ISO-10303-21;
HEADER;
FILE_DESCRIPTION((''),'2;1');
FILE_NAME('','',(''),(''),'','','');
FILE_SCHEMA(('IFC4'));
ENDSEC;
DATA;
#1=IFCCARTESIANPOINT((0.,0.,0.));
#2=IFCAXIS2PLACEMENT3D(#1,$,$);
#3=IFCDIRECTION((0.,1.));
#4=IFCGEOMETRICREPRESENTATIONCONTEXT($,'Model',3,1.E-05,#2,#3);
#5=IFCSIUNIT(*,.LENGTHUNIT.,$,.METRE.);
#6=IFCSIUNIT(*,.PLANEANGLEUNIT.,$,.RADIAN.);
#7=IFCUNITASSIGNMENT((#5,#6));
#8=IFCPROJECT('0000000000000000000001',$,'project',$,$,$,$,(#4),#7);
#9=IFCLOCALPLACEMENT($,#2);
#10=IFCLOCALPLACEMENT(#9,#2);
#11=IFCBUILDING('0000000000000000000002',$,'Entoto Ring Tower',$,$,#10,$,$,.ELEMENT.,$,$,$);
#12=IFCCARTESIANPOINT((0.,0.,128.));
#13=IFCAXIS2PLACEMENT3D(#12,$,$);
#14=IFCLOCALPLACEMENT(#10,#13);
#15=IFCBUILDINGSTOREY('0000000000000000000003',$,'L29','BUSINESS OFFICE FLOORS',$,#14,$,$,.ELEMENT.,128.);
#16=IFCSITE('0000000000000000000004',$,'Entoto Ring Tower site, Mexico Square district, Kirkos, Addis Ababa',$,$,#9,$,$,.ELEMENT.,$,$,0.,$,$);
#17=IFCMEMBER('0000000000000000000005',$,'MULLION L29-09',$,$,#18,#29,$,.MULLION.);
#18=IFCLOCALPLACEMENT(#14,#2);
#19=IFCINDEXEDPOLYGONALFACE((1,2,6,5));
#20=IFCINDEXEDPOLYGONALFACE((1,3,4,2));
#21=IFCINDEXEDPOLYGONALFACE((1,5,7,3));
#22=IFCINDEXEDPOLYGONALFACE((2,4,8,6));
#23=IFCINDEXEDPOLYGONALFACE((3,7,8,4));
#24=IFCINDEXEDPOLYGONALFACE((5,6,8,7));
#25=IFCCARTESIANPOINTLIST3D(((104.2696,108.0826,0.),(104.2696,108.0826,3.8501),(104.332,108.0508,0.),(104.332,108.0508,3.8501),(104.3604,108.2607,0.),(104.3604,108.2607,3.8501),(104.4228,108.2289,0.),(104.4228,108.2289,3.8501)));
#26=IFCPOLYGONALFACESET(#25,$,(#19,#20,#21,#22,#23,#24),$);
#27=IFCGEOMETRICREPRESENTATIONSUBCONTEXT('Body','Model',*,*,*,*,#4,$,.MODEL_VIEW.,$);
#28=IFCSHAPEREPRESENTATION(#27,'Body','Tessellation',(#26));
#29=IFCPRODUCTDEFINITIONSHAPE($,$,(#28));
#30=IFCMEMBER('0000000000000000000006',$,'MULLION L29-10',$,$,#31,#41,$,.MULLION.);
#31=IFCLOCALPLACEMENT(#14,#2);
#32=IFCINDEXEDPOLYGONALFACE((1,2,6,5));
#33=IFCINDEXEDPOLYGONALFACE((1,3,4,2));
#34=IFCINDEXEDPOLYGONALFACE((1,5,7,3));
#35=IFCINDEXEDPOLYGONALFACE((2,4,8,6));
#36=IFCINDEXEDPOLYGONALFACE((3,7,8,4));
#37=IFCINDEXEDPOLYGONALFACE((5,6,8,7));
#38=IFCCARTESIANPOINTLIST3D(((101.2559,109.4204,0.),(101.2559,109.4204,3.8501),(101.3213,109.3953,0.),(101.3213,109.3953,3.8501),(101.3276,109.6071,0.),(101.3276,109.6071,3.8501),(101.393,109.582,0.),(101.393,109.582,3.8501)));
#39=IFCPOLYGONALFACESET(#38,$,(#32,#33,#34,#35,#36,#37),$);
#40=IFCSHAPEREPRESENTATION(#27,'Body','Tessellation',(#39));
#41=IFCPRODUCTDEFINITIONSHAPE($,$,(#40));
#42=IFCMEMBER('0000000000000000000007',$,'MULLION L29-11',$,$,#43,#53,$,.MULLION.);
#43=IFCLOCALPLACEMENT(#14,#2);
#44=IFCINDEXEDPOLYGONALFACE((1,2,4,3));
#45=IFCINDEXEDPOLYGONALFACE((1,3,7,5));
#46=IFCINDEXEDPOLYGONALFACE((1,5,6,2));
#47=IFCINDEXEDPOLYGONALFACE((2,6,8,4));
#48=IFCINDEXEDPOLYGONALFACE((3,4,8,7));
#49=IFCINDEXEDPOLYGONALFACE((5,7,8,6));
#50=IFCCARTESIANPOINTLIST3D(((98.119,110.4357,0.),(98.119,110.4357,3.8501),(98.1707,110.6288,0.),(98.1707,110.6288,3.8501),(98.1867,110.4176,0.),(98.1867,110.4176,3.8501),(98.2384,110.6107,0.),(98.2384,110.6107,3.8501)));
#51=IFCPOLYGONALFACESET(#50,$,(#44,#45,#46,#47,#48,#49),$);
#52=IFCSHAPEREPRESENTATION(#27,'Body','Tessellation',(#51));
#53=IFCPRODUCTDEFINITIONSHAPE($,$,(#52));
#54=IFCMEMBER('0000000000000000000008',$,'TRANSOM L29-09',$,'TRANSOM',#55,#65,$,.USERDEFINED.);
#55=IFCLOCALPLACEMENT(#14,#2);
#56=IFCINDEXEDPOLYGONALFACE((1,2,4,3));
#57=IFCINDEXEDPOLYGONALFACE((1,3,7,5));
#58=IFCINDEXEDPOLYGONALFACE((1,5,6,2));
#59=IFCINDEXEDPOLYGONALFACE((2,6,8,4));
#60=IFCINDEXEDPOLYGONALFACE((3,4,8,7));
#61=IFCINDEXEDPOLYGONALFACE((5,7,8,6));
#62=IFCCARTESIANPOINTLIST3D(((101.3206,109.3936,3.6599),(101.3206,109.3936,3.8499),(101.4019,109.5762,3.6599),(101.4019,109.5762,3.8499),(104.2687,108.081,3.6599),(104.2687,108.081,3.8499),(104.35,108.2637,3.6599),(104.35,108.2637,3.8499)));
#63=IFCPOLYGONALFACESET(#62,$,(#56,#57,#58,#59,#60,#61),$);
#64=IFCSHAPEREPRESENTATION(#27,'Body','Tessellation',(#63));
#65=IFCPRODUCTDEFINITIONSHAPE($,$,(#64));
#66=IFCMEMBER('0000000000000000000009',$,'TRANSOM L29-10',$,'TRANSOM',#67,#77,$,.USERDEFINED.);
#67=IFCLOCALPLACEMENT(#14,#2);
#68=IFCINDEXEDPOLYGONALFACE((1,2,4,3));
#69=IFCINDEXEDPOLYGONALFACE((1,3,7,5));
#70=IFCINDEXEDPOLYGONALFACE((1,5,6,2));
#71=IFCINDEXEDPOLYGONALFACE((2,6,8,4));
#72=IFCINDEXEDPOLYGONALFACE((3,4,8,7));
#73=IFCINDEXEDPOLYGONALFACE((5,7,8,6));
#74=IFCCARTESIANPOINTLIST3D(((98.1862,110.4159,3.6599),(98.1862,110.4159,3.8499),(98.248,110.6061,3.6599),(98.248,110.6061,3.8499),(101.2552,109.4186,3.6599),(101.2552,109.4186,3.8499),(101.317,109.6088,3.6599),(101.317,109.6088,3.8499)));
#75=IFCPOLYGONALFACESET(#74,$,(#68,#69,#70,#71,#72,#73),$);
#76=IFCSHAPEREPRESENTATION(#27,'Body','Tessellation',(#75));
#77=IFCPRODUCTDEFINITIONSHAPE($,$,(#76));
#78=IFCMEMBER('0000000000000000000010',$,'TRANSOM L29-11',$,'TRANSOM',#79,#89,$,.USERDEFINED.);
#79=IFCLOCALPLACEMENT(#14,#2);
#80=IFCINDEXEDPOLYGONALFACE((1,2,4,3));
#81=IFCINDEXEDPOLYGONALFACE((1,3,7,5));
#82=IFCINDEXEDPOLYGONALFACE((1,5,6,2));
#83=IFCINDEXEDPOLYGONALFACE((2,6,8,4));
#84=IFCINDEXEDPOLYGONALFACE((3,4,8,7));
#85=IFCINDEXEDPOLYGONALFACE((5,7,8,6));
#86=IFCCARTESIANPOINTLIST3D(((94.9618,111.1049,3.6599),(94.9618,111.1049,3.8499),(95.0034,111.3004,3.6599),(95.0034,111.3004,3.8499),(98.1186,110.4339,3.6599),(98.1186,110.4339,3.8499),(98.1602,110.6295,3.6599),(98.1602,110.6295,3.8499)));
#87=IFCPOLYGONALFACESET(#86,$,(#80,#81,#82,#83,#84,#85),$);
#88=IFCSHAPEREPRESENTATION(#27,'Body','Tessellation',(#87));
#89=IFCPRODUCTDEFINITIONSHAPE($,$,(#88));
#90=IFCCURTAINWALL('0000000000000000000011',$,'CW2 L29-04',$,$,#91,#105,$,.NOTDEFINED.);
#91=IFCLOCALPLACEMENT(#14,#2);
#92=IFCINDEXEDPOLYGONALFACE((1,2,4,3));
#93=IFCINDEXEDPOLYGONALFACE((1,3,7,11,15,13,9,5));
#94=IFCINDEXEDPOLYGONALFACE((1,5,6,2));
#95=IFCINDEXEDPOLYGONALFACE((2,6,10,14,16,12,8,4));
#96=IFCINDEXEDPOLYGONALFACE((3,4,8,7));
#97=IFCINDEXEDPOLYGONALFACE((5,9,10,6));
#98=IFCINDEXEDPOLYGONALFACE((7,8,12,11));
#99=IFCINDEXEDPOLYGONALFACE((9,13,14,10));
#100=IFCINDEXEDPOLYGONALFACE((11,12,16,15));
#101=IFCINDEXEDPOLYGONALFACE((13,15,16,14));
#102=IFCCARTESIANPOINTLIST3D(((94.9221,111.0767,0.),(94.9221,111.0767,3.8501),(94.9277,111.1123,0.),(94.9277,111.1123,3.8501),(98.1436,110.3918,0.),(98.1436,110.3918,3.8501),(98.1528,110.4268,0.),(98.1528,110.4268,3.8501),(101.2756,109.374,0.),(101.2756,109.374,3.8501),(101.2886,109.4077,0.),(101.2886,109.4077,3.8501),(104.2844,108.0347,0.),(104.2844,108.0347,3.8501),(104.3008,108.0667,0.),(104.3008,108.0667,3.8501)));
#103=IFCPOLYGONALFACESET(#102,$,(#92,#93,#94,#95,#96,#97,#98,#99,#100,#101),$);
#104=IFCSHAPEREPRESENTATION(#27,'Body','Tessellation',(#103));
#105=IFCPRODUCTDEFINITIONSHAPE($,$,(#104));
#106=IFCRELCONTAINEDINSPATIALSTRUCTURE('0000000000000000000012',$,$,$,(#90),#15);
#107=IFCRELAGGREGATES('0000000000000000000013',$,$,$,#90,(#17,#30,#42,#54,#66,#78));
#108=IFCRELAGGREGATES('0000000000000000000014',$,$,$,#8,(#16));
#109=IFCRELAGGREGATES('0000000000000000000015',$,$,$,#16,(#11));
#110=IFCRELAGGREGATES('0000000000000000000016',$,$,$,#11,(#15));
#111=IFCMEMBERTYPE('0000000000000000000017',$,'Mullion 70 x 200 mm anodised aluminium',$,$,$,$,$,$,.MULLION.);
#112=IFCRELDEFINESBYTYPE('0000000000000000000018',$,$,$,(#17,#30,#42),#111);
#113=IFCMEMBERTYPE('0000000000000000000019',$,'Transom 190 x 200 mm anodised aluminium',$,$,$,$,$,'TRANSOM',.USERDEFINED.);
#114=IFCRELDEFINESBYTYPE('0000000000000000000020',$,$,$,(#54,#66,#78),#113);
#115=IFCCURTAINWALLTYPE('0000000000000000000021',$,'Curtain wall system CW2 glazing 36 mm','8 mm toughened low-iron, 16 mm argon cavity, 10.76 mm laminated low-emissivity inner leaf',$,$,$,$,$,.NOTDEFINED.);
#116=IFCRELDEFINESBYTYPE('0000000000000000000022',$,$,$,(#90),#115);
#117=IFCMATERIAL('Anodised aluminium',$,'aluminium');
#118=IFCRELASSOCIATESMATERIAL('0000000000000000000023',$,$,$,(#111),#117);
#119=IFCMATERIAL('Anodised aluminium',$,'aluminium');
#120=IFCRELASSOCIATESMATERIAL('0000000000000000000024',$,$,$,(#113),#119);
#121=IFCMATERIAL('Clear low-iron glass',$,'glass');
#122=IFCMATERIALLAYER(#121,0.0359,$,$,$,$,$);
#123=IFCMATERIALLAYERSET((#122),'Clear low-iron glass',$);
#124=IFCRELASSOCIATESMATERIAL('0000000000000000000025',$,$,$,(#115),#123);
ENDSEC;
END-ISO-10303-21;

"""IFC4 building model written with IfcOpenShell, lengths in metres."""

from ifc_helpers import new_model, si_unit, direction, frame, origin, origin_2d, place, context, subcontext, project, spatial, polyline, rectangle, outline, extrude, material, layer, layer_set, material_profile, profile_set, type_object, element, aggregate, save


model = new_model("IFC4")

# Units and contexts
model_context = context("Model", 3, precision=1e-05, world=origin(), true_north=direction((0.0, 1.0)))
body_context = subcontext(model_context, "Body", "Model", "MODEL_VIEW")
ifc_project = project(units=[si_unit("LENGTHUNIT", "METRE"), si_unit("PLANEANGLEUNIT", "RADIAN")], contexts=[model_context])

# Members
ifc_material_1 = material(Name="Anodised aluminium", Category="aluminium")
ifc_material_profile_1 = material_profile(ifc_material_1, rectangle(XDim=0.0701, YDim=0.2, at=origin_2d()), Name="Mullion 70 x 200 mm anodised aluminium")
ifc_profile_set_1 = profile_set([ifc_material_profile_1], Name="Anodised aluminium")
member_type_1 = type_object("IfcMemberType", Name="Mullion 70 x 200 mm anodised aluminium", PredefinedType="MULLION", material=ifc_profile_set_1)
site_placement = place(None, origin())
building_placement = place(site_placement, origin())
storey_placement = place(building_placement, frame((0.0, 0.0, 128.0)))
member_1_placement = place(storey_placement, frame((104.3462, 108.1558, 0.0), z_axis=(0.0, 0.0, 1.0), x_axis=(-0.891007, 0.45399, 0.0)))
member_1 = element("IfcMember", 1, at=member_1_placement, type_object=member_type_1, Name="MULLION L29-09", PredefinedType="MULLION", context=body_context, shape_type="SweptSolid", body=[
    extrude(rectangle(XDim=0.0701, YDim=0.2, at=origin_2d()), origin(), (0.0, 0.0, 1.0), 3.8501),
])
member_2_placement = place(storey_placement, frame((101.3245, 109.5012, 0.0), z_axis=(0.0, 0.0, 1.0), x_axis=(-0.93358, 0.358368, 0.0)))
member_2 = element("IfcMember", 2, at=member_2_placement, type_object=member_type_1, Name="MULLION L29-10", PredefinedType="MULLION", context=body_context, shape_type="SweptSolid", body=[
    extrude(rectangle(XDim=0.0701, YDim=0.2, at=origin_2d()), origin(), (0.0, 0.0, 1.0), 3.8501),
])
member_3_placement = place(storey_placement, frame((98.1787, 110.5232, 0.0), z_axis=(0.0, 0.0, 1.0), x_axis=(-0.965926, 0.258819, 0.0)))
member_3 = element("IfcMember", 3, at=member_3_placement, type_object=member_type_1, Name="MULLION L29-11", PredefinedType="MULLION", context=body_context, shape_type="SweptSolid", body=[
    extrude(rectangle(XDim=0.0701, YDim=0.2, at=origin_2d()), origin(), (0.0, 0.0, 1.0), 3.8501),
])
ifc_material_2 = material(Name="Anodised aluminium", Category="aluminium")
ifc_material_profile_2 = material_profile(ifc_material_2, rectangle(XDim=0.2, YDim=0.1899, at=origin_2d()), Name="Transom 190 x 200 mm anodised aluminium")
ifc_profile_set_2 = profile_set([ifc_material_profile_2], Name="Anodised aluminium")
member_type_2 = type_object("IfcMemberType", Name="Transom 190 x 200 mm anodised aluminium", ElementType="TRANSOM", PredefinedType="USERDEFINED", material=ifc_profile_set_2)
member_4_placement = place(storey_placement, frame((104.3093, 108.1724, 3.7549), z_axis=(-0.913549, 0.406728, 0.0), x_axis=(-0.406728, -0.913549, 0.0)))
member_4 = element("IfcMember", 4, at=member_4_placement, type_object=member_type_2, Name="TRANSOM L29-09", ObjectType="TRANSOM", PredefinedType="USERDEFINED", context=body_context, shape_type="SweptSolid", body=[
    extrude(rectangle(XDim=0.2, YDim=0.1899, at=origin_2d()), origin(), (0.0, 0.0, 1.0), 3.2271),
])
member_5_placement = place(storey_placement, frame((101.2861, 109.5137, 3.7549), z_axis=(-0.951047, 0.309047, 0.0), x_axis=(-0.309047, -0.951047, 0.0)))
member_5 = element("IfcMember", 5, at=member_5_placement, type_object=member_type_2, Name="TRANSOM L29-10", ObjectType="TRANSOM", PredefinedType="USERDEFINED", context=body_context, shape_type="SweptSolid", body=[
    extrude(rectangle(XDim=0.2, YDim=0.1899, at=origin_2d()), origin(), (0.0, 0.0, 1.0), 3.2271),
])
member_6_placement = place(storey_placement, frame((98.1394, 110.5317, 3.7549), z_axis=(-0.978153, 0.207886, 0.0), x_axis=(-0.207886, -0.978153, 0.0)))
member_6 = element("IfcMember", 6, at=member_6_placement, type_object=member_type_2, Name="TRANSOM L29-11", ObjectType="TRANSOM", PredefinedType="USERDEFINED", context=body_context, shape_type="SweptSolid", body=[
    extrude(rectangle(XDim=0.2, YDim=0.1899, at=origin_2d()), origin(), (0.0, 0.0, 1.0), 3.2273),
])

# Site, building, storey
site = spatial("IfcSite", under=ifc_project, at=site_placement, Name="Entoto Ring Tower site, Mexico Square district, Kirkos, Addis Ababa", CompositionType="ELEMENT", RefElevation=0.0)
building = spatial("IfcBuilding", under=site, at=building_placement, Name="Entoto Ring Tower", CompositionType="ELEMENT")
storey = spatial("IfcBuildingStorey", under=building, at=storey_placement, Name="L29", Description="BUSINESS OFFICE FLOORS", CompositionType="ELEMENT", Elevation=128.0)

# Curtain wall
ifc_material_3 = material(Name="Clear low-iron glass", Category="glass")
ifc_layer = layer(ifc_material_3, 0.0359)
ifc_layer_set = layer_set([ifc_layer], Name="Clear low-iron glass")
curtain_wall_type = type_object("IfcCurtainWallType", Name="Curtain wall system CW2 glazing 36 mm", Description="8 mm toughened low-iron, 16 mm argon cavity, 10.76 mm laminated low-emissivity inner leaf", PredefinedType="NOTDEFINED", material=ifc_layer_set)
curtain_wall_1_placement = place(storey_placement, origin())
curtain_wall_1 = element("IfcCurtainWall", 7, at=curtain_wall_1_placement, inside=storey, type_object=curtain_wall_type, Name="CW2 L29-04", PredefinedType="NOTDEFINED", context=body_context, shape_type="SweptSolid", body=[
    extrude(outline(polyline([(104.3008, 108.0667), (101.2886, 109.4077), (98.1528, 110.4268), (94.9277, 111.1123), (94.9221, 111.0767), (98.1436, 110.3918), (101.2756, 109.374), (104.2844, 108.0347), (104.3008, 108.0667)])), origin(), (0.0, 0.0, 1.0), 3.8501),
])
aggregate(curtain_wall_1, [member_1, member_2, member_3, member_4, member_5, member_6])

save(model, "model.ifc")
